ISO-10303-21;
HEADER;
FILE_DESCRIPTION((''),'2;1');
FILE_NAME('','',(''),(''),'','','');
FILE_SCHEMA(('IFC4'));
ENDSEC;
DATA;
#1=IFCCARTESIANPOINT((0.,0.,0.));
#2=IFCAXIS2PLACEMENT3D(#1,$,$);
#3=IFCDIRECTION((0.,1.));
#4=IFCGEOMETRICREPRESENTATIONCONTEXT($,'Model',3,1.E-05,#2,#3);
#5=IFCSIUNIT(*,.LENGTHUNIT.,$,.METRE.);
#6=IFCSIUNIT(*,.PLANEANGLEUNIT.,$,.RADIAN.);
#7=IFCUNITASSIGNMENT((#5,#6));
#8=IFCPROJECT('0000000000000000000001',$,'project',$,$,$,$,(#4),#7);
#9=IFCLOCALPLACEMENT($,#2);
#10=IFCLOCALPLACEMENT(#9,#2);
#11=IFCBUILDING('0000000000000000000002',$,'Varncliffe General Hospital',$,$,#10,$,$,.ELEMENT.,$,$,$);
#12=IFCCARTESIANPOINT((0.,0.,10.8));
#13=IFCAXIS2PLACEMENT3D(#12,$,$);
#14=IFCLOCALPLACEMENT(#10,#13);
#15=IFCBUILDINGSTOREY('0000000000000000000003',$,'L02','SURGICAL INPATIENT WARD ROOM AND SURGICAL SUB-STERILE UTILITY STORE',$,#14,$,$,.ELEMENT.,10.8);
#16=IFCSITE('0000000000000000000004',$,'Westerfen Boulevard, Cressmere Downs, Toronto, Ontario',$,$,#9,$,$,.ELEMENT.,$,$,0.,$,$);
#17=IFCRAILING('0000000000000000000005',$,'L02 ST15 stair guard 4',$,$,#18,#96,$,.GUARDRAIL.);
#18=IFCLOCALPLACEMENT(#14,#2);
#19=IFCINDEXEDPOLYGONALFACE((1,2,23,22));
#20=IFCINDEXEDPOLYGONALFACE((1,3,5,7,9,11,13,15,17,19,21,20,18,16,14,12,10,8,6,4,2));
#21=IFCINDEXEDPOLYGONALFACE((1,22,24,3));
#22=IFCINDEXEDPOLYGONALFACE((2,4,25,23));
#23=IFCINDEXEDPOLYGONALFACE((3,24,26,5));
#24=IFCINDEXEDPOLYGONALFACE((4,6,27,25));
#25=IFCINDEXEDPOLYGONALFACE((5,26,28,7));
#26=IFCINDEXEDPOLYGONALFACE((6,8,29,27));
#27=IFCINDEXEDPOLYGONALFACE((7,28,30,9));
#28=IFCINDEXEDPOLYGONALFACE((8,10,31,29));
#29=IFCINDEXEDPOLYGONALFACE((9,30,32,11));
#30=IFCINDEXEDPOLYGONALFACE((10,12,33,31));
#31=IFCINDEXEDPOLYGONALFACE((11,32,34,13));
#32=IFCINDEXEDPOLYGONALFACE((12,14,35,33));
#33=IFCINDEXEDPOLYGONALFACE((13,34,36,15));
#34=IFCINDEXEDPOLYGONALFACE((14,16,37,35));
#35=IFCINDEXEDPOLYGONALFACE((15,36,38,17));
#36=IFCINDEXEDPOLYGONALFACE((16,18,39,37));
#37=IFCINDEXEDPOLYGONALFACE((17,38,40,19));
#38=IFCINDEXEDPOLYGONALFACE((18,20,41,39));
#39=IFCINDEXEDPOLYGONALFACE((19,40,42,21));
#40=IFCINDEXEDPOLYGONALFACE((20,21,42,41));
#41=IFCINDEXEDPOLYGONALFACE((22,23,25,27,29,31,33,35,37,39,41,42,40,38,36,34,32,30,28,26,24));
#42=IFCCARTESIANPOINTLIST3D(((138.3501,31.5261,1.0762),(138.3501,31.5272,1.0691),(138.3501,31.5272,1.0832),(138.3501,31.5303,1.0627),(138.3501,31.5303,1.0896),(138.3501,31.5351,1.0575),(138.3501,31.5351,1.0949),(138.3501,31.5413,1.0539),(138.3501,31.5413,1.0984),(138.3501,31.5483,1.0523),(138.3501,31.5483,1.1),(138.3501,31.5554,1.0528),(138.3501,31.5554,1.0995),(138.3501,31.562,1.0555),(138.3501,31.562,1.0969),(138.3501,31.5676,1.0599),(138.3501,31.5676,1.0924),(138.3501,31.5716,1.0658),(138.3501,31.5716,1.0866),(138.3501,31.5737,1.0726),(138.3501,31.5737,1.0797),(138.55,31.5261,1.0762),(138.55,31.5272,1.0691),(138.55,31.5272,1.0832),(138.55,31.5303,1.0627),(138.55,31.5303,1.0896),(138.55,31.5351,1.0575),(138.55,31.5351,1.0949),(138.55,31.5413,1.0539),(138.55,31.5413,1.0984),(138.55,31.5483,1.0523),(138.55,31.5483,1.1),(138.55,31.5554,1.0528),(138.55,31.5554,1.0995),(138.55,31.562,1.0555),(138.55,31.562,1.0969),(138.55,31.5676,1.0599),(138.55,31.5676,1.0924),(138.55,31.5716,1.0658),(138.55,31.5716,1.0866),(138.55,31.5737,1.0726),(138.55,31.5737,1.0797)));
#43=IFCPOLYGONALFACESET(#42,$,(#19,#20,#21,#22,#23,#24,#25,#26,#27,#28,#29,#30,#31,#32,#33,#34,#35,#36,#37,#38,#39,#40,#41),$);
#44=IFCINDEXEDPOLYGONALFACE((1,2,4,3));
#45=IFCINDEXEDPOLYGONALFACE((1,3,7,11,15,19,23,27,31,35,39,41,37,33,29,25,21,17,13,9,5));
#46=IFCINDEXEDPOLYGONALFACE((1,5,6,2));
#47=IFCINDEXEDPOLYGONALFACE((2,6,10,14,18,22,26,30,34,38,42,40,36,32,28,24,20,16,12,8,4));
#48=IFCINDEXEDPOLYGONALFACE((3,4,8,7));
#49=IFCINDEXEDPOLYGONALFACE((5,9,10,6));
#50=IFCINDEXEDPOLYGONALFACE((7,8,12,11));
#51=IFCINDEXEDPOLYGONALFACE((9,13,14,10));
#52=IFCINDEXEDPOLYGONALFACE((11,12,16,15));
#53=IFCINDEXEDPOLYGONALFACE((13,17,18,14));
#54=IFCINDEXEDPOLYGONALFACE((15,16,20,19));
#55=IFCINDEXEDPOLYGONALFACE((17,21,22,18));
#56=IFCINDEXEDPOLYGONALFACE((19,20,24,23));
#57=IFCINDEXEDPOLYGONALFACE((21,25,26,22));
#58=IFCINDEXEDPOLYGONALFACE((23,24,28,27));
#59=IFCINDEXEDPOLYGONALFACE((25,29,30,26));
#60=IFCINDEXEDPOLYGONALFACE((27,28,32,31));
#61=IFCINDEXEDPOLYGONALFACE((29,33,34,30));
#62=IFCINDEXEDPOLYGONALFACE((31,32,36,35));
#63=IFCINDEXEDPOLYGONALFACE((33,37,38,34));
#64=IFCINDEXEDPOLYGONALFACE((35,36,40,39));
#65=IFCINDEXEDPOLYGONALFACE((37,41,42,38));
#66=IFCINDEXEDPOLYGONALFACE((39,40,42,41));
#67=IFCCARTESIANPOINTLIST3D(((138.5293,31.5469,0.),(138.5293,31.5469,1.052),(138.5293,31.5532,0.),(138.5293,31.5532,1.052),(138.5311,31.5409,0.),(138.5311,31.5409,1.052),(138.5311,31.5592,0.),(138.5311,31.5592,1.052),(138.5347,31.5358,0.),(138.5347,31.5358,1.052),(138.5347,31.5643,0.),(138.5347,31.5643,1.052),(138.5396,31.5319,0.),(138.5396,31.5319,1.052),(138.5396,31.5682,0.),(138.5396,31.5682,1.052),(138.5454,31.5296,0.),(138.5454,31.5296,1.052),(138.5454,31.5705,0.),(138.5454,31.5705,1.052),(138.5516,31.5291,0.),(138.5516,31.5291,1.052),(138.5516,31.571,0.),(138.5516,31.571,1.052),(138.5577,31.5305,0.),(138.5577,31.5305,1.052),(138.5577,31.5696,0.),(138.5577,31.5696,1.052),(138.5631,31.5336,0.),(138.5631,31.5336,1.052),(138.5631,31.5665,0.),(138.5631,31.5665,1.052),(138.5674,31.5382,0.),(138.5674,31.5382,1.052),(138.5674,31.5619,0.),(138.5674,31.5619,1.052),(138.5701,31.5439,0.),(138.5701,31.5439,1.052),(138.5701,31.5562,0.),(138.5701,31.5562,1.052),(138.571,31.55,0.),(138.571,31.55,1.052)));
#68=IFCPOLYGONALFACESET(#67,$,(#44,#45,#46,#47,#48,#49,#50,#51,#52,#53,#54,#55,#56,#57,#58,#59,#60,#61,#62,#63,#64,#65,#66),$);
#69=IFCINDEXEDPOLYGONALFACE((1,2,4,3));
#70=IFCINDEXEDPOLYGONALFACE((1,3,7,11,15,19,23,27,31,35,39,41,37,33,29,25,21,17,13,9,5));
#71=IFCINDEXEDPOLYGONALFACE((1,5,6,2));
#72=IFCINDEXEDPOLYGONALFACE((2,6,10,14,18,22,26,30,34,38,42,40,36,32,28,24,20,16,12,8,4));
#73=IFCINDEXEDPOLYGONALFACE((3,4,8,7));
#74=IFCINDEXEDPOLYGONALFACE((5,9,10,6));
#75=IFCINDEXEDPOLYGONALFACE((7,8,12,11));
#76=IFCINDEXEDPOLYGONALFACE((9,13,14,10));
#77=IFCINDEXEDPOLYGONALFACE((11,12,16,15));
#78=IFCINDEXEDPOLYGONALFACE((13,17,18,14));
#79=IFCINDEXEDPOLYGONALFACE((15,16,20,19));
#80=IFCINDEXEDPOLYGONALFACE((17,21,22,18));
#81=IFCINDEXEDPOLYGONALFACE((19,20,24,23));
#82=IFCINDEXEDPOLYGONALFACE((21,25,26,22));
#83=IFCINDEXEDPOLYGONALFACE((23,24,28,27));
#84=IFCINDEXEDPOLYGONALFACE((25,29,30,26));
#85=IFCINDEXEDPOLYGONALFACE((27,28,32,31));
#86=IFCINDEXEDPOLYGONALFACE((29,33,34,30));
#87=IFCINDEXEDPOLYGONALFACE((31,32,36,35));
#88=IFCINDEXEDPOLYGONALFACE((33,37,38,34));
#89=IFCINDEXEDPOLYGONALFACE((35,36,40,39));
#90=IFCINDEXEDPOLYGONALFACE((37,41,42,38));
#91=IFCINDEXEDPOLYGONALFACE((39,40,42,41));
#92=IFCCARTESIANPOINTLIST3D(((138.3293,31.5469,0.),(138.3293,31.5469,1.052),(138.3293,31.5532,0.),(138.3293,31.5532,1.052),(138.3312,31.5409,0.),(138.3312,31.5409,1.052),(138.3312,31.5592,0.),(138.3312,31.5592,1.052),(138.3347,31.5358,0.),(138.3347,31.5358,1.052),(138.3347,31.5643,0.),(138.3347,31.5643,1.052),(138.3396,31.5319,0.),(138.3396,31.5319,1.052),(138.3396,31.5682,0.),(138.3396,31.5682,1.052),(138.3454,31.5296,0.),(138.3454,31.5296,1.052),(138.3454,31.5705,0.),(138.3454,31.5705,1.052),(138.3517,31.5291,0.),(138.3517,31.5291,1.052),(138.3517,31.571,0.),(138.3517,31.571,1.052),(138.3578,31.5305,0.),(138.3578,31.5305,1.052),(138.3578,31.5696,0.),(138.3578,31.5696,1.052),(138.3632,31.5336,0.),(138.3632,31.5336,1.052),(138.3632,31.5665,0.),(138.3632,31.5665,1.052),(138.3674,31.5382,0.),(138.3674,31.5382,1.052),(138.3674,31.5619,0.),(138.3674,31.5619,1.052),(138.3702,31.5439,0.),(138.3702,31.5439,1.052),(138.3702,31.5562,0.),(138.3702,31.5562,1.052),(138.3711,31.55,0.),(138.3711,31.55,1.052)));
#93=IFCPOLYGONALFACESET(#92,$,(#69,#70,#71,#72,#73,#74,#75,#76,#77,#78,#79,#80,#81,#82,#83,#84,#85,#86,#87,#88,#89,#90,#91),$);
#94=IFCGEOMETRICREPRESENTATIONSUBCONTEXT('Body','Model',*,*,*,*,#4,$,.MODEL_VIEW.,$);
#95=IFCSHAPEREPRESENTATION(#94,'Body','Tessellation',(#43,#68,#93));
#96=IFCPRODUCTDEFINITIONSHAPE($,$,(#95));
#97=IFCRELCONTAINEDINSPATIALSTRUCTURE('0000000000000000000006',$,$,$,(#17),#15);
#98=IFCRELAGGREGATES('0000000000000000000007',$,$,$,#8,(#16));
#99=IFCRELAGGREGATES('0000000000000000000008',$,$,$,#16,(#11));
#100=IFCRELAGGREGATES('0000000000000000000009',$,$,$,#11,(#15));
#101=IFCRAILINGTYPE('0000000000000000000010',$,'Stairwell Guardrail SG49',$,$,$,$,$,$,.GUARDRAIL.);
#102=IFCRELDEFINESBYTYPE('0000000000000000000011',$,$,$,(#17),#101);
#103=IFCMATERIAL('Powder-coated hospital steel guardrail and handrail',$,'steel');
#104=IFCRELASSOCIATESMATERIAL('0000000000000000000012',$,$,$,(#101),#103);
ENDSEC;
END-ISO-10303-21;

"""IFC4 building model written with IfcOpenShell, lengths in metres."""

from ifc_helpers import new_model, si_unit, direction, frame, origin, origin_2d, place, context, subcontext, project, spatial, circle, extrude, material, type_object, element, save


model = new_model("IFC4")

# Units and contexts
model_context = context("Model", 3, precision=1e-05, world=origin(), true_north=direction((0.0, 1.0)))
body_context = subcontext(model_context, "Body", "Model", "MODEL_VIEW")
ifc_project = project(units=[si_unit("LENGTHUNIT", "METRE"), si_unit("PLANEANGLEUNIT", "RADIAN")], contexts=[model_context])

# Site, building, storey
site_placement = place(None, origin())
site = spatial("IfcSite", under=ifc_project, at=site_placement, Name="Westerfen Boulevard, Cressmere Downs, Toronto, Ontario", CompositionType="ELEMENT", RefElevation=0.0)
building_placement = place(site_placement, origin())
building = spatial("IfcBuilding", under=site, at=building_placement, Name="Varncliffe General Hospital", CompositionType="ELEMENT")
storey_placement = place(building_placement, frame((0.0, 0.0, 10.8)))
storey = spatial("IfcBuildingStorey", under=building, at=storey_placement, Name="L02", Description="SURGICAL INPATIENT WARD ROOM AND SURGICAL SUB-STERILE UTILITY STORE", CompositionType="ELEMENT", Elevation=10.8)

# Railing
ifc_material_1 = material(Name="Powder-coated hospital steel guardrail and handrail", Category="steel")
railing_type = type_object("IfcRailingType", Name="Stairwell Guardrail SG49", PredefinedType="GUARDRAIL", material=ifc_material_1)
railing_placement = place(storey_placement, frame((138.55, 31.55, 0.0)))
element("IfcRailing", 1, at=railing_placement, inside=storey, type_object=railing_type, Name="L02 ST15 stair guard 4", PredefinedType="GUARDRAIL", context=body_context, shape_type="SweptSolid", body=[
    extrude(circle(Radius=0.0239, at=origin_2d()), frame((0.0, 0.0, 1.0762), z_axis=(-1.0, 0.0, 0.0), x_axis=(0.0, -1.0, 0.0)), (0.0, 0.0, 1.0), 0.2),
    extrude(circle(Radius=0.021, at=origin_2d()), origin(), (0.0, 0.0, 1.0), 1.052),
    extrude(circle(Radius=0.021, at=origin_2d()), frame((-0.2, 0.0, 0.0)), (0.0, 0.0, 1.0), 1.052),
])

save(model, "model.ifc")
